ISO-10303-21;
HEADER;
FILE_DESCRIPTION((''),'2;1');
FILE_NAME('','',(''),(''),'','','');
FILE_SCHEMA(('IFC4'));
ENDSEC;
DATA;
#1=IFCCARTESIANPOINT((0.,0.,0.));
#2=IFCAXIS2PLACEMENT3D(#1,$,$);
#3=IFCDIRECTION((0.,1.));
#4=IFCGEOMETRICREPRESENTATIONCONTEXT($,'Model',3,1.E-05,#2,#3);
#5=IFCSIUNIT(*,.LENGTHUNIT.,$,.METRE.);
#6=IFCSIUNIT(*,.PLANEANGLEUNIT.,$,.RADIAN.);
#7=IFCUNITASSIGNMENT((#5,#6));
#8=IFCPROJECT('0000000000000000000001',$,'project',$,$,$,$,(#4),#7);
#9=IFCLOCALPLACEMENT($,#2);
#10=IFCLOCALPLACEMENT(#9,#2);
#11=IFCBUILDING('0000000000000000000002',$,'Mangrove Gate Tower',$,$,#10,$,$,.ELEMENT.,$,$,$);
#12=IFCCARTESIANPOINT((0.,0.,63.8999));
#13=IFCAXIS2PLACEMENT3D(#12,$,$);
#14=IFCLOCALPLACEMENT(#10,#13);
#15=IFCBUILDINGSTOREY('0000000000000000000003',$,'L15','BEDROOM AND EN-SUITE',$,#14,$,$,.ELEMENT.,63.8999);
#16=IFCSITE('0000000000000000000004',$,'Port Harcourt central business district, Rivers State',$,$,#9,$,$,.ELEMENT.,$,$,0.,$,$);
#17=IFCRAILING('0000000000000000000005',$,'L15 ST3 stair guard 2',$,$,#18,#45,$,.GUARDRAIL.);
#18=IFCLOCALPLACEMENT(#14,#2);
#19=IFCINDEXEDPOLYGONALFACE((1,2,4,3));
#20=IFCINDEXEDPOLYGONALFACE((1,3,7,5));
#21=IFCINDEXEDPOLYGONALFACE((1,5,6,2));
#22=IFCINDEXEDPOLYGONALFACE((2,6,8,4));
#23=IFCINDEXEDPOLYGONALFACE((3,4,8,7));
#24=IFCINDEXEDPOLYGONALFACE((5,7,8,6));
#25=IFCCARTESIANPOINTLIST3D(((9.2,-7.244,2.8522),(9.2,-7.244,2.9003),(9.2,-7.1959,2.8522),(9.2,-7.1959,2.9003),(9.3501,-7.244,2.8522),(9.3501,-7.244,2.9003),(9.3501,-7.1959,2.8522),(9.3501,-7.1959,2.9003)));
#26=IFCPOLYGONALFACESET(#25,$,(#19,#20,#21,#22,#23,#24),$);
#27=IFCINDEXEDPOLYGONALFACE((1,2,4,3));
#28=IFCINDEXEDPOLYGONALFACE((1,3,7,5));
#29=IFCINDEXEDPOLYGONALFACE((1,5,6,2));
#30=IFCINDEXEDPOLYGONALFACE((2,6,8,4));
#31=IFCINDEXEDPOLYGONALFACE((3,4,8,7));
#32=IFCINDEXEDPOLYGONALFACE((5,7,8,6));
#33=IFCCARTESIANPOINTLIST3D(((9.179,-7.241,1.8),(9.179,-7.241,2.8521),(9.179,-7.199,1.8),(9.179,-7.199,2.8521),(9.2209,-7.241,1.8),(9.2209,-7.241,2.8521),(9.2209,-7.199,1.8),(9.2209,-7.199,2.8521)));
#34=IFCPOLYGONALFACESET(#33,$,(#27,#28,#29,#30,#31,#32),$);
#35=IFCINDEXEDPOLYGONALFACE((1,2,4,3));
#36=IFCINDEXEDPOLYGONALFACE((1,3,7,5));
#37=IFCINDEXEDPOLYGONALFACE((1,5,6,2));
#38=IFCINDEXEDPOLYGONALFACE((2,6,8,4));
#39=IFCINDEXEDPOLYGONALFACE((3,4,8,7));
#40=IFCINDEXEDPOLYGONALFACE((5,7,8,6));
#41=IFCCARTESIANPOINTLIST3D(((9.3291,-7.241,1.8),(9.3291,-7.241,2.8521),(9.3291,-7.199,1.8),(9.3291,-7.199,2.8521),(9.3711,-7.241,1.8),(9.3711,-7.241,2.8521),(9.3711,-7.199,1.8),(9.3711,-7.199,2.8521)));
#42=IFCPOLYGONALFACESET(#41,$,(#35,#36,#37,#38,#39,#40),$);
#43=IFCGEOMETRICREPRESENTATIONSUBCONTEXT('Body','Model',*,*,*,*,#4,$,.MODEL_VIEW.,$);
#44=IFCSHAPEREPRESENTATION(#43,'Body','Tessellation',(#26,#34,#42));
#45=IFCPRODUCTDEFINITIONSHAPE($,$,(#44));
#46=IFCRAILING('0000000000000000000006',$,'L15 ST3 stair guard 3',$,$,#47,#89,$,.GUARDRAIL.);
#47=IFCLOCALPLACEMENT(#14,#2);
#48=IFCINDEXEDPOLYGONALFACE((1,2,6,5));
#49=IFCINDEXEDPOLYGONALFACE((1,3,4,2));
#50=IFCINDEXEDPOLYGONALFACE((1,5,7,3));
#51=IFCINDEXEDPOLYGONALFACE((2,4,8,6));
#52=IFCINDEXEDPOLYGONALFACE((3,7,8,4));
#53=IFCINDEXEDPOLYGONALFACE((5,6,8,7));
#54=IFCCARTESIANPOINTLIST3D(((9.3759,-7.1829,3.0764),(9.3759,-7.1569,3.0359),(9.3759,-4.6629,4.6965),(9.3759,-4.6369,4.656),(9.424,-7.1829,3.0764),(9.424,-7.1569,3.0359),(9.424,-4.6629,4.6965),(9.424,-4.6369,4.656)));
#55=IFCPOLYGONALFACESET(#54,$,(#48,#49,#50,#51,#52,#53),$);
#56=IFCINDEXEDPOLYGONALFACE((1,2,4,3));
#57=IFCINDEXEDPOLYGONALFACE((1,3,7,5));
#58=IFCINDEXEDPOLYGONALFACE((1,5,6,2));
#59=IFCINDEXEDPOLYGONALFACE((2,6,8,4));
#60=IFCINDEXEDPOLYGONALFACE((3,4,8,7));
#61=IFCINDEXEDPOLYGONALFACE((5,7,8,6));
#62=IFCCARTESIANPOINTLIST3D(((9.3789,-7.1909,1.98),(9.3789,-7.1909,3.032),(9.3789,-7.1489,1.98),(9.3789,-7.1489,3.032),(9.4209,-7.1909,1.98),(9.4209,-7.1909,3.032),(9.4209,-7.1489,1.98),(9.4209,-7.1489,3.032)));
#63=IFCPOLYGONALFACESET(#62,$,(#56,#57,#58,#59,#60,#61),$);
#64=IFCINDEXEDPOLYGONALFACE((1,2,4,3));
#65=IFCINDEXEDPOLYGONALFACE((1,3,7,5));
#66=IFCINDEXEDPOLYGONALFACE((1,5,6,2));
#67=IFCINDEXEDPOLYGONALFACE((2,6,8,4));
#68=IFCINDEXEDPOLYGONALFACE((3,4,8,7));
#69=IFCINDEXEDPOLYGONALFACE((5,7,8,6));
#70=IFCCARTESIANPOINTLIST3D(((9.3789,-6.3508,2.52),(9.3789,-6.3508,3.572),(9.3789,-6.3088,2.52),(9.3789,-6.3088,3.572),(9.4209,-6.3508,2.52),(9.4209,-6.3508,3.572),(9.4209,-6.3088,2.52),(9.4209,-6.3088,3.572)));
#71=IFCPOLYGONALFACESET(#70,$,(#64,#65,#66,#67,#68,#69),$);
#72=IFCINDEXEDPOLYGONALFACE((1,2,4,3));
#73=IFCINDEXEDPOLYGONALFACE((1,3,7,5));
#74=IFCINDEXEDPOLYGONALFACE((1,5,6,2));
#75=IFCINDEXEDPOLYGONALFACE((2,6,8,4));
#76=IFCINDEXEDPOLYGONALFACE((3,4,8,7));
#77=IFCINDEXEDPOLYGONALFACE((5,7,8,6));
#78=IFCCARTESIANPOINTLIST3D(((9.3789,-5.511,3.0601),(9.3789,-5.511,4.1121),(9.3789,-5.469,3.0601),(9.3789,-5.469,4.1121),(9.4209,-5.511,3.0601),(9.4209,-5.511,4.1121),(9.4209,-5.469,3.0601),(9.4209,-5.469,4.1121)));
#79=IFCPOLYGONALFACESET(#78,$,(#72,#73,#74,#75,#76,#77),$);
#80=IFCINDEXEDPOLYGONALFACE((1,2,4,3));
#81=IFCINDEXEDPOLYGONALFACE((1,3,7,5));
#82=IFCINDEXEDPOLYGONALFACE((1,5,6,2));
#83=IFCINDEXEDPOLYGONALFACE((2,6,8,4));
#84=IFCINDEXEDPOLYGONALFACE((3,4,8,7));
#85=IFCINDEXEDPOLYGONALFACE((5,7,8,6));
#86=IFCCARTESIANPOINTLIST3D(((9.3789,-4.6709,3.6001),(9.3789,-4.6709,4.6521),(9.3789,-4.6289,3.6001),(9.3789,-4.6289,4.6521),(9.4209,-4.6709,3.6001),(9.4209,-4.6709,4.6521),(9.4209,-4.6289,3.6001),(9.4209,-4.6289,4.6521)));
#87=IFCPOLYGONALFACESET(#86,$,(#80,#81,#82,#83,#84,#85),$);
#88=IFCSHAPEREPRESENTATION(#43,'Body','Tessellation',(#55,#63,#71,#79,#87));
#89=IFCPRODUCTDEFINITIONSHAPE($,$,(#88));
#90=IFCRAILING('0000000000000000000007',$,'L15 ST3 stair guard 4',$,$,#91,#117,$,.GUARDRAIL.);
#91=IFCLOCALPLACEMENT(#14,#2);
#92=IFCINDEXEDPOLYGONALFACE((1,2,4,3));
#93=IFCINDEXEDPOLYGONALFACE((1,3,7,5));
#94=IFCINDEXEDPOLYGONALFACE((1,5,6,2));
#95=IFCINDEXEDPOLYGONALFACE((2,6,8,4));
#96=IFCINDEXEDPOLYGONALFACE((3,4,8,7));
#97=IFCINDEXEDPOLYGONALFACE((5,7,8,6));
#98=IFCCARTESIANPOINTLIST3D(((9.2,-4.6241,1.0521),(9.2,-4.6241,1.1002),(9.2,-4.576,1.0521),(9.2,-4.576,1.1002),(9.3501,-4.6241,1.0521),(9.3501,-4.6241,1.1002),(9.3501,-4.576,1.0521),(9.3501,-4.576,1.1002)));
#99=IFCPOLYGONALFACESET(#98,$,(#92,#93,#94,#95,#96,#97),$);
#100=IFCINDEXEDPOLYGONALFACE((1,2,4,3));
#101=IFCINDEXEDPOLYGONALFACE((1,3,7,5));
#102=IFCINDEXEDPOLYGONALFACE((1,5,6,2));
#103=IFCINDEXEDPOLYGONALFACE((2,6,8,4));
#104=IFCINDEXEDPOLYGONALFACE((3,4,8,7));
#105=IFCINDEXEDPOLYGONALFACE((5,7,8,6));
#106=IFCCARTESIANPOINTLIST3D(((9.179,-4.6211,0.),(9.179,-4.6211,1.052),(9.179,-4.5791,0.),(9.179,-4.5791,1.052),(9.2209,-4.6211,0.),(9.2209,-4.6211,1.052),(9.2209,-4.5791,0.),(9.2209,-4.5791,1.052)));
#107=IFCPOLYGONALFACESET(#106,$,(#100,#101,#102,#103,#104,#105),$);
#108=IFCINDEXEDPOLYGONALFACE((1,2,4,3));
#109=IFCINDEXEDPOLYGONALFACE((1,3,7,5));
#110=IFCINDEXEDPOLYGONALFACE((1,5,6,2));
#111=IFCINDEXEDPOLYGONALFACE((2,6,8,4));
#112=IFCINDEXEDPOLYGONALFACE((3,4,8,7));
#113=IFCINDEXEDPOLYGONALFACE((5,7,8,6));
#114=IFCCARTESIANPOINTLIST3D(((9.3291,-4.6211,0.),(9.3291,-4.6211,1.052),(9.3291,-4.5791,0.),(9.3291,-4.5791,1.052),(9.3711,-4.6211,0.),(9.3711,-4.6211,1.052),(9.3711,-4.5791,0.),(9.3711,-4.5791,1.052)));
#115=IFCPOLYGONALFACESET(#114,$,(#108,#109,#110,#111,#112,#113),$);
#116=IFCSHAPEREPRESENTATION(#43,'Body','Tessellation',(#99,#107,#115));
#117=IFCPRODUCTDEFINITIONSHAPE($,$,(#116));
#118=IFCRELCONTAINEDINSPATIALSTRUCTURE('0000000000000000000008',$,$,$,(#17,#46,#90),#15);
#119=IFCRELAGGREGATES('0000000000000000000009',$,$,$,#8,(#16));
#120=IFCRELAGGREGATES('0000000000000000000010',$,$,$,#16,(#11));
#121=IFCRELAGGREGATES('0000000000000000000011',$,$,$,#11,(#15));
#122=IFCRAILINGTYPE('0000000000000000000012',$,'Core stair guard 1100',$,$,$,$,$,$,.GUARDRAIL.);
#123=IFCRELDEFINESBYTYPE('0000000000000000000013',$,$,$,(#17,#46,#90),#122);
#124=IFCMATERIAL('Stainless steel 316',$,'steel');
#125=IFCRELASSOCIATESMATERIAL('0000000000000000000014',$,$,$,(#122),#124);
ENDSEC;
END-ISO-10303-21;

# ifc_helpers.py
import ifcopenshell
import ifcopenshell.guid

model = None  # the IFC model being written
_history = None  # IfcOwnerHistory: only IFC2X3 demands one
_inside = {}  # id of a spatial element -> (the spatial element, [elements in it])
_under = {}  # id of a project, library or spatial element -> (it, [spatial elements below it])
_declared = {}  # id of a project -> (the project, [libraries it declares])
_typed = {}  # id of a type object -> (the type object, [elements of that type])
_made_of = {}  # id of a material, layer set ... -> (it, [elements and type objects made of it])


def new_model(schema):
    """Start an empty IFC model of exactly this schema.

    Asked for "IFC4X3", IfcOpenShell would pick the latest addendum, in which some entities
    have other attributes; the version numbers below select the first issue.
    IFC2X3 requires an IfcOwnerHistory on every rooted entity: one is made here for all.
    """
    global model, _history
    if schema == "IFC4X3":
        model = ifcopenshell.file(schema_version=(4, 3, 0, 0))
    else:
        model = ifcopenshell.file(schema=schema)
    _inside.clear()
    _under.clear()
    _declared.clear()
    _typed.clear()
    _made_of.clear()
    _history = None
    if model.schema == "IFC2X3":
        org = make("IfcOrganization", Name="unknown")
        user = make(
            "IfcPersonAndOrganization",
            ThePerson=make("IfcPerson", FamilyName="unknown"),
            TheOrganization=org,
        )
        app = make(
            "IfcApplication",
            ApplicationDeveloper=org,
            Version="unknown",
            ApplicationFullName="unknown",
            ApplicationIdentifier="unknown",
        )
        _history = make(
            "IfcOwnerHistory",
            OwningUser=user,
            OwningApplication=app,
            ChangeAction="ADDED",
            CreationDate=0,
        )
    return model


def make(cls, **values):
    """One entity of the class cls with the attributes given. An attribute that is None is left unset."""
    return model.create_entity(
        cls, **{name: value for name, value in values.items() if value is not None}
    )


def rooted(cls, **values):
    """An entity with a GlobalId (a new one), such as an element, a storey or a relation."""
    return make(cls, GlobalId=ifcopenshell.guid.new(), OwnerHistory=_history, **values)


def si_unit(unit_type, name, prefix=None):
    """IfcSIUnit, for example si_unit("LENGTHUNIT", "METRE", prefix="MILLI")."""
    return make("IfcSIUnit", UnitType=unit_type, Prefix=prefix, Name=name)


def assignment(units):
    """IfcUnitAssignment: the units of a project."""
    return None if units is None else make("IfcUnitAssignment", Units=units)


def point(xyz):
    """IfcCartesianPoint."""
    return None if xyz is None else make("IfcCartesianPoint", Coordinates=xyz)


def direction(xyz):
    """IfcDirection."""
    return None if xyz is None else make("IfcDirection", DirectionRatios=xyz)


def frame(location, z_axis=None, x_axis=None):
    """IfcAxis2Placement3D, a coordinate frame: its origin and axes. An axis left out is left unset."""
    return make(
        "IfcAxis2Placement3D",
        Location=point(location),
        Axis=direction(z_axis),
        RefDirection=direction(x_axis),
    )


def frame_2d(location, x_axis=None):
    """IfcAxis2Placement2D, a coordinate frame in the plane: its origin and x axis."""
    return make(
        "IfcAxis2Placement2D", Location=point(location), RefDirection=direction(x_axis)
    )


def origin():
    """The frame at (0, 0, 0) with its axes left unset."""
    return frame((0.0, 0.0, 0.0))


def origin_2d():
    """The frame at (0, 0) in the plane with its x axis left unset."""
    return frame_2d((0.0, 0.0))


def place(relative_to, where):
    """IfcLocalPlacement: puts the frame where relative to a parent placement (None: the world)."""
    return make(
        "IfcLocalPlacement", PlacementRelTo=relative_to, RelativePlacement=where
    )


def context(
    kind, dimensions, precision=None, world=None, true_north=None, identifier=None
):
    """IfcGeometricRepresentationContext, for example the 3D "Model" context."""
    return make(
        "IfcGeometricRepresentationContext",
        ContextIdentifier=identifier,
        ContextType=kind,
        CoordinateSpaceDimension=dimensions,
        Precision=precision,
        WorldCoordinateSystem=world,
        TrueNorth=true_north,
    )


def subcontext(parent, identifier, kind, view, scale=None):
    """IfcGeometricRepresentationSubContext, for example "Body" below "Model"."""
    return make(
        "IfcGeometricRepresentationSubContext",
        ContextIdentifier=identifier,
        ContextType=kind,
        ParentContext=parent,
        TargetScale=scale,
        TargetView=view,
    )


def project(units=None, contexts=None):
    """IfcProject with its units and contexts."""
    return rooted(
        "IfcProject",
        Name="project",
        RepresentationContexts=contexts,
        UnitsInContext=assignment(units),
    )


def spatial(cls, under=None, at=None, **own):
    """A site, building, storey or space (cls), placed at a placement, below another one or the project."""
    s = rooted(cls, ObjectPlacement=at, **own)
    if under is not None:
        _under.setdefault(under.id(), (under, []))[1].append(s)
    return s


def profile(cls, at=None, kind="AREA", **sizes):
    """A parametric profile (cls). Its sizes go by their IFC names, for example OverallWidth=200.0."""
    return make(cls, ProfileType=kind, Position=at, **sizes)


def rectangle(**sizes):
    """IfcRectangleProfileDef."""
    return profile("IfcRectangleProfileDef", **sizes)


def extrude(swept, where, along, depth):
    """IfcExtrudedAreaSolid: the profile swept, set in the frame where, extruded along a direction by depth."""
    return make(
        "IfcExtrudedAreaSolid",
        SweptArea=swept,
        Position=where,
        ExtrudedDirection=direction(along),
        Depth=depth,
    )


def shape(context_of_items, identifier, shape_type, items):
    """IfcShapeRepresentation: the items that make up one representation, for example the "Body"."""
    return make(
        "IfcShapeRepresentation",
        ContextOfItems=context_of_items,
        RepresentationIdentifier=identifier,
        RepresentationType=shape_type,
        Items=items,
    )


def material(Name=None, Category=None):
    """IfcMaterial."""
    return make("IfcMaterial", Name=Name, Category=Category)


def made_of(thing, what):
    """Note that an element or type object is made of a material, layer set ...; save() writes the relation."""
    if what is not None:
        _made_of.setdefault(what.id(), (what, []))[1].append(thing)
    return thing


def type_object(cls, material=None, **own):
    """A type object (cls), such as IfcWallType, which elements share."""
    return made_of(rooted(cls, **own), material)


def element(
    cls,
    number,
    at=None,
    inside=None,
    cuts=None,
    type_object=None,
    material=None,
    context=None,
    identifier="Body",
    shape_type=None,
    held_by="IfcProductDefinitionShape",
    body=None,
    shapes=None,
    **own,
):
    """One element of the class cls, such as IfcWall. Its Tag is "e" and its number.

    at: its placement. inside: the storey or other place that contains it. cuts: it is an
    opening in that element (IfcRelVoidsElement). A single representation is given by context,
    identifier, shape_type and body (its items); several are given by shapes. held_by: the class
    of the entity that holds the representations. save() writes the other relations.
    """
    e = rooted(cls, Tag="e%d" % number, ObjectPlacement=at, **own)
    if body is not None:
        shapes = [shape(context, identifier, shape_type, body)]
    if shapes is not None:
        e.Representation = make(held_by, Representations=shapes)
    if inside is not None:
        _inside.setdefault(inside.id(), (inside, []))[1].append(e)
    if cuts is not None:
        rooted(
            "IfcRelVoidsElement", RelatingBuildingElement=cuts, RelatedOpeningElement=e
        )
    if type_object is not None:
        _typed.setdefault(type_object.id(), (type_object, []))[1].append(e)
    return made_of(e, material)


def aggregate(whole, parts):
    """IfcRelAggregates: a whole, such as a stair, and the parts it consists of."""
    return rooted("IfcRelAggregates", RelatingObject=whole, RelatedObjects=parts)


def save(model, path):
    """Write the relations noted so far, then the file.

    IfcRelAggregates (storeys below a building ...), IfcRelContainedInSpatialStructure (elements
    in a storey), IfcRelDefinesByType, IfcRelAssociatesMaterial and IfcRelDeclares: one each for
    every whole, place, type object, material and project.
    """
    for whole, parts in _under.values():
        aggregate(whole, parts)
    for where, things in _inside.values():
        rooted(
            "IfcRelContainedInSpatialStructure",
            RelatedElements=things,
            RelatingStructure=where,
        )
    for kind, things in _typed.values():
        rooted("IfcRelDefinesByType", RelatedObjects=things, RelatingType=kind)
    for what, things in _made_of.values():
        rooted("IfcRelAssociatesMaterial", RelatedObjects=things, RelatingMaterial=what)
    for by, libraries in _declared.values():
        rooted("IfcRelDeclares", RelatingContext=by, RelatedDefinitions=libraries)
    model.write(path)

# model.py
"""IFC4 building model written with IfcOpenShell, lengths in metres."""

from ifc_helpers import new_model, si_unit, direction, frame, origin, origin_2d, place, context, subcontext, project, spatial, rectangle, extrude, material, type_object, element, save


model = new_model("IFC4")

# Units and contexts
model_context = context("Model", 3, precision=1e-05, world=origin(), true_north=direction((0.0, 1.0)))
body_context = subcontext(model_context, "Body", "Model", "MODEL_VIEW")
ifc_project = project(units=[si_unit("LENGTHUNIT", "METRE"), si_unit("PLANEANGLEUNIT", "RADIAN")], contexts=[model_context])

# Site, building, storey
site_placement = place(None, origin())
site = spatial("IfcSite", under=ifc_project, at=site_placement, Name="Port Harcourt central business district, Rivers State", CompositionType="ELEMENT", RefElevation=0.0)
building_placement = place(site_placement, origin())
building = spatial("IfcBuilding", under=site, at=building_placement, Name="Mangrove Gate Tower", CompositionType="ELEMENT")
storey_placement = place(building_placement, frame((0.0, 0.0, 63.8999)))
storey = spatial("IfcBuildingStorey", under=building, at=storey_placement, Name="L15", Description="BEDROOM AND EN-SUITE", CompositionType="ELEMENT", Elevation=63.8999)

# Railings
ifc_material_1 = material(Name="Stainless steel 316", Category="steel")
railing_type_1 = type_object("IfcRailingType", Name="Core stair guard 1100", PredefinedType="GUARDRAIL", material=ifc_material_1)
railing_1_placement = place(storey_placement, frame((9.2, -7.22, 1.8)))
element("IfcRailing", 1, at=railing_1_placement, inside=storey, type_object=railing_type_1, Name="L15 ST3 stair guard 2", PredefinedType="GUARDRAIL", context=body_context, shape_type="SweptSolid", body=[
    extrude(rectangle(XDim=0.0481, YDim=0.0481, at=origin_2d()), frame((0.0, 0.0, 1.0762), z_axis=(1.0, 0.0, 0.0), x_axis=(0.0, 1.0, 0.0)), (0.0, 0.0, 1.0), 0.1501),
    extrude(rectangle(XDim=0.042, YDim=0.042, at=origin_2d()), origin(), (0.0, 0.0, 1.0), 1.052),
    extrude(rectangle(XDim=0.042, YDim=0.042, at=origin_2d()), frame((0.1501, 0.0, 0.0)), (0.0, 0.0, 1.0), 1.052),
])
railing_2_placement = place(storey_placement, frame((9.3999, -7.1699, 1.98)))
element("IfcRailing", 2, at=railing_2_placement, inside=storey, type_object=railing_type_1, Name="L15 ST3 stair guard 3", PredefinedType="GUARDRAIL", context=body_context, shape_type="SweptSolid", body=[
    extrude(rectangle(XDim=0.0481, YDim=0.0481, at=origin_2d()), frame((0.0, 0.0, 1.0762), z_axis=(0.0, 0.841163, 0.540782), x_axis=(-1.0, 0.0, 0.0)), (0.0, 0.0, 1.0), 2.9958),
    extrude(rectangle(XDim=0.042, YDim=0.042, at=origin_2d()), origin(), (0.0, 0.0, 1.0), 1.052),
    extrude(rectangle(XDim=0.042, YDim=0.042, at=origin_2d()), frame((0.0, 0.8401, 0.54)), (0.0, 0.0, 1.0), 1.052),
    extrude(rectangle(XDim=0.042, YDim=0.042, at=origin_2d()), frame((0.0, 1.6799, 1.0801)), (0.0, 0.0, 1.0), 1.052),
    extrude(rectangle(XDim=0.042, YDim=0.042, at=origin_2d()), frame((0.0, 2.52, 1.6201)), (0.0, 0.0, 1.0), 1.052),
])
railing_3_placement = place(storey_placement, frame((9.2, -4.6001, 0.0)))
element("IfcRailing", 3, at=railing_3_placement, inside=storey, type_object=railing_type_1, Name="L15 ST3 stair guard 4", PredefinedType="GUARDRAIL", context=body_context, shape_type="SweptSolid", body=[
    extrude(rectangle(XDim=0.0481, YDim=0.0481, at=origin_2d()), frame((0.0, 0.0, 1.0762), z_axis=(1.0, 0.0, 0.0), x_axis=(0.0, 1.0, 0.0)), (0.0, 0.0, 1.0), 0.1501),
    extrude(rectangle(XDim=0.042, YDim=0.042, at=origin_2d()), origin(), (0.0, 0.0, 1.0), 1.052),
    extrude(rectangle(XDim=0.042, YDim=0.042, at=origin_2d()), frame((0.1501, 0.0, 0.0)), (0.0, 0.0, 1.0), 1.052),
])

save(model, "model.ifc")
